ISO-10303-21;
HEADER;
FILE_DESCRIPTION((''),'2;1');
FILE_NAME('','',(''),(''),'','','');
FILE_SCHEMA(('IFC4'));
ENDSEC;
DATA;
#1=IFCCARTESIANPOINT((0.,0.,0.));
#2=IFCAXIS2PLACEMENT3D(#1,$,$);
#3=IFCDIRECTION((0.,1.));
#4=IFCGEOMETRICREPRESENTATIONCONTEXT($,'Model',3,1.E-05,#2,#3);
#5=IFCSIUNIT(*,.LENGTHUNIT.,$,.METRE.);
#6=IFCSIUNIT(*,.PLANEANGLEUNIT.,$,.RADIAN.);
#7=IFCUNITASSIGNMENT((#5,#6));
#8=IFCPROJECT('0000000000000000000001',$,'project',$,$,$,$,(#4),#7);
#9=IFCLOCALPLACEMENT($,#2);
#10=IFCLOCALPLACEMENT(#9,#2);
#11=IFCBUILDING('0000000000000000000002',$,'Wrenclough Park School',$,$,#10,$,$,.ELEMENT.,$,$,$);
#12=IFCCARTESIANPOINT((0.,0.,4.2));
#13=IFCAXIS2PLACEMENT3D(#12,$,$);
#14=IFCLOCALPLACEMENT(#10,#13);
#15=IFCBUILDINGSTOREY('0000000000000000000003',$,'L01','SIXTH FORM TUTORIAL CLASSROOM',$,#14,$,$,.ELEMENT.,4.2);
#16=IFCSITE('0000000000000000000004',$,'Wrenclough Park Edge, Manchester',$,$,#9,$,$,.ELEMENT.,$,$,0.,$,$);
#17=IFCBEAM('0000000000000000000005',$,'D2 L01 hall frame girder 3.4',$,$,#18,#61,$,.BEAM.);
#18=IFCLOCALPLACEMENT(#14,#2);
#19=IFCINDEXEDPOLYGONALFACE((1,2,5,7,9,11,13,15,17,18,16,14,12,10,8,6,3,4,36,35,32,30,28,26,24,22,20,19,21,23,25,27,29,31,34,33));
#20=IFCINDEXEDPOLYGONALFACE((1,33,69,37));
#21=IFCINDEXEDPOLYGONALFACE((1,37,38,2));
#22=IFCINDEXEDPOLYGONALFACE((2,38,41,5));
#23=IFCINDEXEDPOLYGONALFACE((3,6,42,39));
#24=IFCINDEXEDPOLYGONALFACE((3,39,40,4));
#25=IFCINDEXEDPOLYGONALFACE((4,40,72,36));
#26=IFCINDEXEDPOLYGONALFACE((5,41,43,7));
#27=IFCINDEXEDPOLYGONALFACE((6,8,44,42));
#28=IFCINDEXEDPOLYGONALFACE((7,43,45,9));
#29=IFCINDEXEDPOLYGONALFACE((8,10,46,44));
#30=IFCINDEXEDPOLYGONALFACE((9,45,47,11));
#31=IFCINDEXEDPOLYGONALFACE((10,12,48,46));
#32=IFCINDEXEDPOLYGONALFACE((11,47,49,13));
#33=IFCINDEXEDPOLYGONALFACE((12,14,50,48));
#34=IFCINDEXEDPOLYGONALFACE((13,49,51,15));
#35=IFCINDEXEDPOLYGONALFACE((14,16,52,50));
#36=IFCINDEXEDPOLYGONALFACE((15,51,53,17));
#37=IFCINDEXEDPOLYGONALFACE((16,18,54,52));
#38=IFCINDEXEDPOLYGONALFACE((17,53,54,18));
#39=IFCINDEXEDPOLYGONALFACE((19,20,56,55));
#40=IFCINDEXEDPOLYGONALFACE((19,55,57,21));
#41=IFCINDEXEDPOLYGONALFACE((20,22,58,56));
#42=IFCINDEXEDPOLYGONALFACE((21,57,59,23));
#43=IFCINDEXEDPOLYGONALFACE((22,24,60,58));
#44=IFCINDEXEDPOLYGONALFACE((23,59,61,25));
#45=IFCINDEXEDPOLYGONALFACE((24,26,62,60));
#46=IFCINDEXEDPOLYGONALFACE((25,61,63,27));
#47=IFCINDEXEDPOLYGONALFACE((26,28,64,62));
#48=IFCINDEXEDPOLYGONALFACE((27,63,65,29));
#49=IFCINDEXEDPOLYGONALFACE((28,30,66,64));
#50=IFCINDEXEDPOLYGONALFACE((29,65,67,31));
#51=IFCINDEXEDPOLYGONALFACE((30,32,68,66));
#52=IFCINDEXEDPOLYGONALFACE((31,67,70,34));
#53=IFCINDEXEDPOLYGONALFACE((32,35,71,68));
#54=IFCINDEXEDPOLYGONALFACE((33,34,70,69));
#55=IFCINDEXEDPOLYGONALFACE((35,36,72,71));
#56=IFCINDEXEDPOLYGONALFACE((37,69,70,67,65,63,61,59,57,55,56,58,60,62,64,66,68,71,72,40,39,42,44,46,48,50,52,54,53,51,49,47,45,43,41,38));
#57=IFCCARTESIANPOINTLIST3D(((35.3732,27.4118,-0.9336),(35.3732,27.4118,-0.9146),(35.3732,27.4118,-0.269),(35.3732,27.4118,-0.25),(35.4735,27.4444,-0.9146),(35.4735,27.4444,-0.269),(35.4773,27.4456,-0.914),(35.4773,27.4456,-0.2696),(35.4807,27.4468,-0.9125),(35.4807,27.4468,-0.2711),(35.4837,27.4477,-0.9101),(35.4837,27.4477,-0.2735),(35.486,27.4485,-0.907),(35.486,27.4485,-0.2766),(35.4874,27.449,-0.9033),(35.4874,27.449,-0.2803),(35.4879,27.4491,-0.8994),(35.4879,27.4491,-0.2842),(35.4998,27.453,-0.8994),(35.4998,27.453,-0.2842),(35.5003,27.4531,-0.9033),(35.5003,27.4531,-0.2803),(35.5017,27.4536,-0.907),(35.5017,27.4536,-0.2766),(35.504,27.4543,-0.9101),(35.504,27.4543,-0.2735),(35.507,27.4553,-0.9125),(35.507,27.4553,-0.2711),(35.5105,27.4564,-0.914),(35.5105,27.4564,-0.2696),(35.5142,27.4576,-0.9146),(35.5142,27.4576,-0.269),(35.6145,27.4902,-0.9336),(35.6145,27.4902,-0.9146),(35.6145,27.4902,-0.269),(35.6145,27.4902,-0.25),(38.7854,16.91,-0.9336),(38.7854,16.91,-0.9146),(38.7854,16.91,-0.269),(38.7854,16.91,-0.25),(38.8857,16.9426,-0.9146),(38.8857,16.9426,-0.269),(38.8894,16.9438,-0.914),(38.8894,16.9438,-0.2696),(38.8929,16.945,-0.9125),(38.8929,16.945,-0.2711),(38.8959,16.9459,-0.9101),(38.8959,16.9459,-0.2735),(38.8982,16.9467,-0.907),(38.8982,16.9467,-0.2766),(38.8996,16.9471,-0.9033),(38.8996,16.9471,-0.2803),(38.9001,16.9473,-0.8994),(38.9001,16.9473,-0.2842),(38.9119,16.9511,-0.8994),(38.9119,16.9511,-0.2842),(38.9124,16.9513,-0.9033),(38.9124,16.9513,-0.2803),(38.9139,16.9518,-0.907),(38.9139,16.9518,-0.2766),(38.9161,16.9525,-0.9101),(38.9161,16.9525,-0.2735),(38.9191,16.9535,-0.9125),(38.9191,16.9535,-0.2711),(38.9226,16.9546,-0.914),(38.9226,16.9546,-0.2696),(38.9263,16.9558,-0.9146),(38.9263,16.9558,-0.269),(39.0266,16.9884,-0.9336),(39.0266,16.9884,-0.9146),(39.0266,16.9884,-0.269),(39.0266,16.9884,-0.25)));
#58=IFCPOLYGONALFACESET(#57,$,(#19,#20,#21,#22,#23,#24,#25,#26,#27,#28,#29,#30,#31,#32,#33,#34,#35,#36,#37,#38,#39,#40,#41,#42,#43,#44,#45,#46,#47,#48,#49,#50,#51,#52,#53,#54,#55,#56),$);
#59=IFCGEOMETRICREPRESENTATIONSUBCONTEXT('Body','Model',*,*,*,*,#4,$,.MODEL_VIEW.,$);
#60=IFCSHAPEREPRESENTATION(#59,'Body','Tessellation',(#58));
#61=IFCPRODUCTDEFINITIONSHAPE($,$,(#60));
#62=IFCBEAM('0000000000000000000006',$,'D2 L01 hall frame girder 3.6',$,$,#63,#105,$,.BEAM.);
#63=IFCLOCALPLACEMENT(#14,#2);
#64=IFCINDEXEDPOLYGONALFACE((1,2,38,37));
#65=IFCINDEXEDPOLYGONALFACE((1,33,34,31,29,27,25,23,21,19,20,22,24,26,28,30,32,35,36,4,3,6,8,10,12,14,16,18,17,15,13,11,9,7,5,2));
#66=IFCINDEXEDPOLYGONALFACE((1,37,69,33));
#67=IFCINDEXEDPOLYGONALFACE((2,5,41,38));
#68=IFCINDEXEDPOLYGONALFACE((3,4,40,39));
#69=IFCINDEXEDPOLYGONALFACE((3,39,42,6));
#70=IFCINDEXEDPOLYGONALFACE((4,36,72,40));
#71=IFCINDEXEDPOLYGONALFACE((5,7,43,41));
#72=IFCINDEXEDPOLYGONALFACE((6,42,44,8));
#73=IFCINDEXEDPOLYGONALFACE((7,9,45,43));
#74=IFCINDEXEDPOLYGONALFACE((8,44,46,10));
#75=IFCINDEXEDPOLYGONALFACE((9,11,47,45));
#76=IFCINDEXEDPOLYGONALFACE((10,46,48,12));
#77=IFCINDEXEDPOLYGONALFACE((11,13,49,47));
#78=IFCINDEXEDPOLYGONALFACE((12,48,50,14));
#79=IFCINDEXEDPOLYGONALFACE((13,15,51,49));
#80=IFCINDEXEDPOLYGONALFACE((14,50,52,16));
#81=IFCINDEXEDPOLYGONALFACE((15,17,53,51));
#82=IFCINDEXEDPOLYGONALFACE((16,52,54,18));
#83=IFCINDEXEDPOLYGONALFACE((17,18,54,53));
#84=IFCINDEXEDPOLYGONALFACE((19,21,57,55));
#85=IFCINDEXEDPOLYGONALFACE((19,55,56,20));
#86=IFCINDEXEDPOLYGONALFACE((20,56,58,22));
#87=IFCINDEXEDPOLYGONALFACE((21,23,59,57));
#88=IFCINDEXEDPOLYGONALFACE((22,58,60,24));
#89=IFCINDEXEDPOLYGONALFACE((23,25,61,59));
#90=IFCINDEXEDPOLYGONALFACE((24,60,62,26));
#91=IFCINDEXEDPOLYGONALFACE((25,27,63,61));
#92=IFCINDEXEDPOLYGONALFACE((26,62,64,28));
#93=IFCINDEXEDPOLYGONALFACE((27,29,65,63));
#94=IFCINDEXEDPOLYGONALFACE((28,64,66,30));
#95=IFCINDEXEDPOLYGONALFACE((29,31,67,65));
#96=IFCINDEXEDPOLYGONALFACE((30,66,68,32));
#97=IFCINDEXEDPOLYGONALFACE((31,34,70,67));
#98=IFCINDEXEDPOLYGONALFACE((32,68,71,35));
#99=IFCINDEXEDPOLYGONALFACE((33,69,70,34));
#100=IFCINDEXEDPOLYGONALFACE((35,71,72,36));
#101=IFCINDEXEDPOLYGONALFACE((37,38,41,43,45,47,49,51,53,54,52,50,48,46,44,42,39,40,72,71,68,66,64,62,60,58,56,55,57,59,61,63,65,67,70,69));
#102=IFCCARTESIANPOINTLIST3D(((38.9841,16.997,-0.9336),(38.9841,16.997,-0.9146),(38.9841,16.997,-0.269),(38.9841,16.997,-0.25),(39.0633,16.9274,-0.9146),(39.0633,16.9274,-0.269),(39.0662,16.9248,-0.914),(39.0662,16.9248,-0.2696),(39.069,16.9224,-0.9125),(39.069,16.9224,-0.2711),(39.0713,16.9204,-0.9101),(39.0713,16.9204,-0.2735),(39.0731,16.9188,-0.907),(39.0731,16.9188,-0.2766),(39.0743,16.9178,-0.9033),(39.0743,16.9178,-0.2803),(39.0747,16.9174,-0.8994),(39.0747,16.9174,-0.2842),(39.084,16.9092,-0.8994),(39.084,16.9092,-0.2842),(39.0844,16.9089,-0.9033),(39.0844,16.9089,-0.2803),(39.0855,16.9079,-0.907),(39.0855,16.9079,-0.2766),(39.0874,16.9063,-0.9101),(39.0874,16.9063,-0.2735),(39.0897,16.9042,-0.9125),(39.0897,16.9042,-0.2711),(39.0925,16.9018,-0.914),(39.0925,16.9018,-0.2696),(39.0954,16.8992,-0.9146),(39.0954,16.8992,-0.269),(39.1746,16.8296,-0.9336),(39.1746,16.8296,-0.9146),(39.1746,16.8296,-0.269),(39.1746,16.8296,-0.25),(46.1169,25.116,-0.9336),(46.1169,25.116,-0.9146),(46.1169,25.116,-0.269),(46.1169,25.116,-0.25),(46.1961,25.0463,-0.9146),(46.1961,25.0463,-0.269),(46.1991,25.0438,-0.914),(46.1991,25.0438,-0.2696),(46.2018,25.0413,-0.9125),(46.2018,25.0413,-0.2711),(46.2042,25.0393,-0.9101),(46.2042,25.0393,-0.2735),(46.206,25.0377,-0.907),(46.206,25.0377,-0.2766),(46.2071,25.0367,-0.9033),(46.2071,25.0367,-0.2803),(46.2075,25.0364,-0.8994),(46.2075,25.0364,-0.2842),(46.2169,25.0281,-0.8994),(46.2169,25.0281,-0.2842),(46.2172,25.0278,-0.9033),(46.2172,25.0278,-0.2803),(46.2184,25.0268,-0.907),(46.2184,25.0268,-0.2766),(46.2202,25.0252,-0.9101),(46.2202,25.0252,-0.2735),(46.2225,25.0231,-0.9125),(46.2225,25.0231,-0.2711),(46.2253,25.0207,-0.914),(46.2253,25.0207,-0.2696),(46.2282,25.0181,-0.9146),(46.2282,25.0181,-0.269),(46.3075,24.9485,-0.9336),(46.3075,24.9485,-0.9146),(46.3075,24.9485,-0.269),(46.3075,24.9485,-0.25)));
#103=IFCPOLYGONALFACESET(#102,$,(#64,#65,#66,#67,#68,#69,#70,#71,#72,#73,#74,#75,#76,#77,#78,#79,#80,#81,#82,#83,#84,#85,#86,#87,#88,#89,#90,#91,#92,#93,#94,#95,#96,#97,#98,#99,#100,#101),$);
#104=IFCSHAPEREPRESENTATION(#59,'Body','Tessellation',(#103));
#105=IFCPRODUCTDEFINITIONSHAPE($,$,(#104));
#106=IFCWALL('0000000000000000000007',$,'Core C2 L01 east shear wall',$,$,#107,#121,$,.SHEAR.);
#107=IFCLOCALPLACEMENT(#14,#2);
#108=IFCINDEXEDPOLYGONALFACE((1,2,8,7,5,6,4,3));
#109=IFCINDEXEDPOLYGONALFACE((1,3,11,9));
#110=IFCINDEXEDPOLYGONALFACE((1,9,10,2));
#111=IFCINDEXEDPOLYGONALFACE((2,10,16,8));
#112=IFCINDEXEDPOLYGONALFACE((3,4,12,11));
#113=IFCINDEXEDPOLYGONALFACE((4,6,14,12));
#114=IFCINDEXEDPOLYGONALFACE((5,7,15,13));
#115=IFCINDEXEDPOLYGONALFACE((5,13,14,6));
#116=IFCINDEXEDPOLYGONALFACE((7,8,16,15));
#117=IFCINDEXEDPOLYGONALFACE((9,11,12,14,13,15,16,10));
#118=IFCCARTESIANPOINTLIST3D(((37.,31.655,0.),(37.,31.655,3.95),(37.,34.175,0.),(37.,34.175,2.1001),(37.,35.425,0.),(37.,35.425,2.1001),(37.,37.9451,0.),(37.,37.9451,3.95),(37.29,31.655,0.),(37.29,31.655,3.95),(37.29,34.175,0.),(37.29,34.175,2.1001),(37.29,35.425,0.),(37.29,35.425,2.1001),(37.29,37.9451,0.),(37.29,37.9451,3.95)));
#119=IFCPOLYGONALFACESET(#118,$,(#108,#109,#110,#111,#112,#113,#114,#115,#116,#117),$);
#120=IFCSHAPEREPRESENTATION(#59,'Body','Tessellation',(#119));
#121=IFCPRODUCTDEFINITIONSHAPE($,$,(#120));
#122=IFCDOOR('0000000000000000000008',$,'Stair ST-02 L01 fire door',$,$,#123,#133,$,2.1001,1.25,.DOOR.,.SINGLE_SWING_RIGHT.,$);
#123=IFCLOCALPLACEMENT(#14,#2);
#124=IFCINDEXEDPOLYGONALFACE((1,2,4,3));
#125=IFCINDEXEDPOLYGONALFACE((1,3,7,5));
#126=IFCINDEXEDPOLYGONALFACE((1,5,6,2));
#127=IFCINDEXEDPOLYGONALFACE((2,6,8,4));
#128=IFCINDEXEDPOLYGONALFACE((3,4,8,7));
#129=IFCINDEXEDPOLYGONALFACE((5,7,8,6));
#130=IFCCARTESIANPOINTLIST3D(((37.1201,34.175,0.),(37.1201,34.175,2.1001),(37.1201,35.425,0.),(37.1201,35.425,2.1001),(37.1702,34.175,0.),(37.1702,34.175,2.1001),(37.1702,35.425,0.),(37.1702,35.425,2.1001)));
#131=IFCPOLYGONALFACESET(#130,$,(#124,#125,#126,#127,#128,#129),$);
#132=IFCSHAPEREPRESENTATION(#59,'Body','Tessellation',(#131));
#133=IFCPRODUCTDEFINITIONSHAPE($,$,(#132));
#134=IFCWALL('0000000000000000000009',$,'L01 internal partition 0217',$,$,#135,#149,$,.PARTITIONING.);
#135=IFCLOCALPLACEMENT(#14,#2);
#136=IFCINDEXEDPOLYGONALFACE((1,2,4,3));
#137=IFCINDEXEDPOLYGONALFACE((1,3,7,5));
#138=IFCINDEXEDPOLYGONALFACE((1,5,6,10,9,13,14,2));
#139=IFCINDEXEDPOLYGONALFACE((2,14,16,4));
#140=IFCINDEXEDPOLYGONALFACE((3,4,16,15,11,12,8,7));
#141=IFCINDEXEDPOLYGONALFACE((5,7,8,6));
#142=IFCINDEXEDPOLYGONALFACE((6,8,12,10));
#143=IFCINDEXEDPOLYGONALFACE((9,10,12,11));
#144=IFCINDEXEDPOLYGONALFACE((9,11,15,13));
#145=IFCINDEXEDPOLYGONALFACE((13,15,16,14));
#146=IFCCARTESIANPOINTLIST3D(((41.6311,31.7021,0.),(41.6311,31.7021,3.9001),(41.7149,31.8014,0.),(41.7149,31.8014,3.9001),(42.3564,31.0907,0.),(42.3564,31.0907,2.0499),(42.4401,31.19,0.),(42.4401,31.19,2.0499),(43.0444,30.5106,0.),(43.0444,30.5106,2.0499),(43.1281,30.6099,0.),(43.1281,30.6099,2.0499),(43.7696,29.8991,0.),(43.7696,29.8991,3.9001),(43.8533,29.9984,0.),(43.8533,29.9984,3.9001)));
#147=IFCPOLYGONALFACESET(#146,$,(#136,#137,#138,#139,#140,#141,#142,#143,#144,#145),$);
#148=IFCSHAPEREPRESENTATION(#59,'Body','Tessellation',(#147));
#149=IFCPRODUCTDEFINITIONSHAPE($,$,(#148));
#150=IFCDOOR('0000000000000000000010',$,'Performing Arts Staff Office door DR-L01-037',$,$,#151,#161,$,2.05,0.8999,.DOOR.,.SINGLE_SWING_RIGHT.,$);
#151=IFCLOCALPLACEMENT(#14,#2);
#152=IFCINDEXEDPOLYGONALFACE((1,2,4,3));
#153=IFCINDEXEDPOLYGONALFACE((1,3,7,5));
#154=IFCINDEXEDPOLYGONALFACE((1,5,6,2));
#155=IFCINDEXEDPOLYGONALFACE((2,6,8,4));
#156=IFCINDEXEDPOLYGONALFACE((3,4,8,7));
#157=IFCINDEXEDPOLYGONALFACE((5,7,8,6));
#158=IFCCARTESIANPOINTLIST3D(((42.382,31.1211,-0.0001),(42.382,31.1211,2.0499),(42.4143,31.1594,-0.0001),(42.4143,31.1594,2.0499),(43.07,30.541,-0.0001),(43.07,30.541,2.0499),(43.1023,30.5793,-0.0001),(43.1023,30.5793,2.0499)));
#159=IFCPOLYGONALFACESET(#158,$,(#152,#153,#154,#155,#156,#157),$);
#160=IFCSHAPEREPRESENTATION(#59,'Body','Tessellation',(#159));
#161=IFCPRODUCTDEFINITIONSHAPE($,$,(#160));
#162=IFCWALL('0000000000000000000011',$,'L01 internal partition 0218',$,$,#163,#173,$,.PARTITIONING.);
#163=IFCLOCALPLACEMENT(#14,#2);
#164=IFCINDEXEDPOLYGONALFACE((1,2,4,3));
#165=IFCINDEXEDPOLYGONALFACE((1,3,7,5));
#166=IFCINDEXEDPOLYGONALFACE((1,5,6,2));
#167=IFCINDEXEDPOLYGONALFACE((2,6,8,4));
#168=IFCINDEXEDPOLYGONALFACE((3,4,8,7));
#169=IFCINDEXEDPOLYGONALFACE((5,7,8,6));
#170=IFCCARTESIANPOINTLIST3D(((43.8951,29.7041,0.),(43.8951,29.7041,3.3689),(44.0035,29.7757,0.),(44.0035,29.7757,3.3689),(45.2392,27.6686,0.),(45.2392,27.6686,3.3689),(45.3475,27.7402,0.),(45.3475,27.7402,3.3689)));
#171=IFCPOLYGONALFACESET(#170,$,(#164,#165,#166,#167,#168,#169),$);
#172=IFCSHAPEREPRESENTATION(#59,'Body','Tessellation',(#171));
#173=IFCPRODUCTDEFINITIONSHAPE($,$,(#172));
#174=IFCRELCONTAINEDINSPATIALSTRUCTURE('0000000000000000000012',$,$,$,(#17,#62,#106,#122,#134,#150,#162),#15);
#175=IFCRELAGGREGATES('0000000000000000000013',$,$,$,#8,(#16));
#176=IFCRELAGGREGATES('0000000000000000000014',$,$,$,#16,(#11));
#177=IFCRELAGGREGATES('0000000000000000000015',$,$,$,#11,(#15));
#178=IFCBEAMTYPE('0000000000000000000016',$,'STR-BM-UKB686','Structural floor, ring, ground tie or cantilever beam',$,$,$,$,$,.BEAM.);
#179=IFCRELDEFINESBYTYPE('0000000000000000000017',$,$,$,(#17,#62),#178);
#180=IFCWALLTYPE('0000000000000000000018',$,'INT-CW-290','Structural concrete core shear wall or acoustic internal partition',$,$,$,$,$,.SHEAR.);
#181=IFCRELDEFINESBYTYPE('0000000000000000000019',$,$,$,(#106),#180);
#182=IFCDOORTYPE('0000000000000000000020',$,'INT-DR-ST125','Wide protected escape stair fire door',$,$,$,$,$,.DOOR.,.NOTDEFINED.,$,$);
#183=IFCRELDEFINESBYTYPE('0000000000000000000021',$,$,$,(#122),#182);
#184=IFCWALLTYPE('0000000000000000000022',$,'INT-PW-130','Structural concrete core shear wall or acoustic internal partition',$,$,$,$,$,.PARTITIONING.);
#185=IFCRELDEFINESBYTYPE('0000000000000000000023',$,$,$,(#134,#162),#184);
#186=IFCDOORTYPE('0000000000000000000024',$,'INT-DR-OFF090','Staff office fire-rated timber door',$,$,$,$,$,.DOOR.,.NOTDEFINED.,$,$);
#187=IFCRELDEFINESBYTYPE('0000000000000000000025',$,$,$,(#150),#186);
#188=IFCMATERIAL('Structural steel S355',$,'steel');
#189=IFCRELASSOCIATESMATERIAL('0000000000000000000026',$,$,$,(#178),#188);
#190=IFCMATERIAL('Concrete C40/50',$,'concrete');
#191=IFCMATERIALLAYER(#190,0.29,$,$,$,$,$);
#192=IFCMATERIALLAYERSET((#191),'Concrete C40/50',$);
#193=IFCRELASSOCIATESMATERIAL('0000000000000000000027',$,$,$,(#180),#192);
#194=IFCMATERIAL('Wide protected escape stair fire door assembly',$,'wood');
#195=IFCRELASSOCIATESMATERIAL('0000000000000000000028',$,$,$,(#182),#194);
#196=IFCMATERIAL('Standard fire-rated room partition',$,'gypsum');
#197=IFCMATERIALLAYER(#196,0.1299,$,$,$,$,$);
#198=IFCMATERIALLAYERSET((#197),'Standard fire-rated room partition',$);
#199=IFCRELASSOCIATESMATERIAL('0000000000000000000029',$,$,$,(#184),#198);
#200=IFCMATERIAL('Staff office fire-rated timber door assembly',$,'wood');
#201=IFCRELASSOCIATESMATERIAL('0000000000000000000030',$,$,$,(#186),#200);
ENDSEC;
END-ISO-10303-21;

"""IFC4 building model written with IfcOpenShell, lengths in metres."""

from ifc_helpers import new_model, si_unit, direction, frame, frame_2d, origin, origin_2d, place, context, subcontext, project, spatial, rectangle, i_section, extrude, material, layer, layer_set, material_profile, profile_set, type_object, element, fill, save


model = new_model("IFC4")

# Units and contexts
model_context = context("Model", 3, precision=1e-05, world=origin(), true_north=direction((0.0, 1.0)))
body_context = subcontext(model_context, "Body", "Model", "MODEL_VIEW")
ifc_project = project(units=[si_unit("LENGTHUNIT", "METRE"), si_unit("PLANEANGLEUNIT", "RADIAN")], contexts=[model_context])

# Site, building, storey
site_placement = place(None, origin())
site = spatial("IfcSite", under=ifc_project, at=site_placement, Name="Wrenclough Park Edge, Manchester", CompositionType="ELEMENT", RefElevation=0.0)
building_placement = place(site_placement, origin())
building = spatial("IfcBuilding", under=site, at=building_placement, Name="Wrenclough Park School", CompositionType="ELEMENT")
storey_placement = place(building_placement, frame((0.0, 0.0, 4.2)))
storey = spatial("IfcBuildingStorey", under=building, at=storey_placement, Name="L01", Description="SIXTH FORM TUTORIAL CLASSROOM", CompositionType="ELEMENT", Elevation=4.2)

# Shared definitions
ifc_material_1 = material(Name="Structural steel S355", Category="steel")

# Beams
ifc_material_profile_1 = material_profile(ifc_material_1, i_section(OverallWidth=0.2537, OverallDepth=0.6836, WebThickness=0.0125, FlangeThickness=0.019, FilletRadius=0.0151, at=origin_2d()), Name="UKB 686x254x140")
ifc_profile_set_1 = profile_set([ifc_material_profile_1], Name="Structural steel S355")
beam_type_1 = type_object("IfcBeamType", Name="STR-BM-UKB686", Description="Structural floor, ring, ground tie or cantilever beam", PredefinedType="BEAM", material=ifc_profile_set_1)
beam_1_placement = place(storey_placement, frame((38.906, 16.9492, -0.5918), z_axis=(-0.309009, 0.951059, 0.0), x_axis=(-0.951059, -0.309009, 0.0)))
element("IfcBeam", 1, at=beam_1_placement, inside=storey, type_object=beam_type_1, Name="D2 L01 hall frame girder 3.4", PredefinedType="BEAM", context=body_context, shape_type="SweptSolid", body=[
    extrude(i_section(OverallWidth=0.2537, OverallDepth=0.6836, WebThickness=0.0125, FlangeThickness=0.019, FilletRadius=0.0151, at=origin_2d()), origin(), (0.0, 0.0, 1.0), 11.0422),
])
beam_2_placement = place(storey_placement, frame((39.0793, 16.9133, -0.5918), z_axis=(0.660011, 0.751256, 0.0), x_axis=(-0.751256, 0.660011, 0.0)))
element("IfcBeam", 2, at=beam_2_placement, inside=storey, type_object=beam_type_1, Name="D2 L01 hall frame girder 3.6", PredefinedType="BEAM", context=body_context, shape_type="SweptSolid", body=[
    extrude(i_section(OverallWidth=0.2537, OverallDepth=0.6836, WebThickness=0.0125, FlangeThickness=0.019, FilletRadius=0.0151, at=origin_2d()), origin(), (0.0, 0.0, 1.0), 10.8071),
])

# Walls, openings, doors
ifc_material_2 = material(Name="Concrete C40/50", Category="concrete")
ifc_layer_1 = layer(ifc_material_2, 0.29)
ifc_layer_set_1 = layer_set([ifc_layer_1], Name="Concrete C40/50")
wall_type_1 = type_object("IfcWallType", Name="INT-CW-290", Description="Structural concrete core shear wall or acoustic internal partition", PredefinedType="SHEAR", material=ifc_layer_set_1)
wall_1_placement = place(storey_placement, frame((37.145, 31.655, 0.0), z_axis=(0.0, 0.0, 1.0), x_axis=(0.0, 1.0, 0.0)))
wall_1 = element("IfcWall", 3, at=wall_1_placement, inside=storey, type_object=wall_type_1, Name="Core C2 L01 east shear wall", PredefinedType="SHEAR", context=body_context, shape_type="SweptSolid", body=[
    extrude(rectangle(XDim=6.29, YDim=0.29, at=frame_2d((3.145, 0.0))), origin(), (0.0, 0.0, 1.0), 3.95),
])
opening_1_placement = place(wall_1_placement, frame((2.52, 0.0, 0.0)))
opening_1 = element("IfcOpeningElement", 4, at=opening_1_placement, cuts=wall_1, PredefinedType="OPENING", context=body_context, shape_type="SweptSolid", body=[
    extrude(rectangle(XDim=1.25, YDim=2.1001, at=frame_2d((0.625, 1.05))), frame((0.0, 0.155, 0.0), z_axis=(0.0, -1.0, 0.0), x_axis=(1.0, 0.0, 0.0)), (0.0, 0.0, 1.0), 0.3101),
])
ifc_material_3 = material(Name="Wide protected escape stair fire door assembly", Category="wood")
door_type_1 = type_object("IfcDoorType", Name="INT-DR-ST125", Description="Wide protected escape stair fire door", OperationType="NOTDEFINED", PredefinedType="DOOR", material=ifc_material_3)
door_1_placement = place(opening_1_placement, origin())
door_1 = element("IfcDoor", 5, at=door_1_placement, inside=storey, type_object=door_type_1, Name="Stair ST-02 L01 fire door", OperationType="SINGLE_SWING_RIGHT", OverallHeight=2.1001, OverallWidth=1.25, PredefinedType="DOOR", context=body_context, shape_type="SweptSolid", body=[
    extrude(rectangle(XDim=1.25, YDim=2.1001, at=frame_2d((0.625, 1.05))), frame((0.0, 0.0249, 0.0), z_axis=(0.0, -1.0, 0.0), x_axis=(1.0, 0.0, 0.0)), (0.0, 0.0, 1.0), 0.05),
])
fill(opening_1, door_1)
ifc_material_4 = material(Name="Standard fire-rated room partition", Category="gypsum")
ifc_layer_2 = layer(ifc_material_4, 0.1299)
ifc_layer_set_2 = layer_set([ifc_layer_2], Name="Standard fire-rated room partition")
wall_type_2 = type_object("IfcWallType", Name="INT-PW-130", Description="Structural concrete core shear wall or acoustic internal partition", PredefinedType="PARTITIONING", material=ifc_layer_set_2)
wall_2_placement = place(storey_placement, frame((41.6731, 31.7517, 0.0), z_axis=(0.0, 0.0, 1.0), x_axis=(0.764524, -0.644595, 0.0)))
wall_2 = element("IfcWall", 6, at=wall_2_placement, inside=storey, type_object=wall_type_2, Name="L01 internal partition 0217", PredefinedType="PARTITIONING", context=body_context, shape_type="SweptSolid", body=[
    extrude(rectangle(XDim=2.7971, YDim=0.1299, at=frame_2d((1.3984, 0.0))), origin(), (0.0, 0.0, 1.0), 3.9001),
])
opening_2_placement = place(wall_2_placement, frame((0.9485, 0.0, 0.0)))
opening_2 = element("IfcOpeningElement", 7, at=opening_2_placement, cuts=wall_2, PredefinedType="OPENING", context=body_context, shape_type="SweptSolid", body=[
    extrude(rectangle(XDim=0.8999, YDim=2.05, at=frame_2d((0.45, 1.0249))), frame((0.0, 0.075, 0.0), z_axis=(0.0, -1.0, 0.0), x_axis=(1.0, 0.0, 0.0)), (0.0, 0.0, 1.0), 0.1499),
])
ifc_material_5 = material(Name="Staff office fire-rated timber door assembly", Category="wood")
door_type_2 = type_object("IfcDoorType", Name="INT-DR-OFF090", Description="Staff office fire-rated timber door", OperationType="NOTDEFINED", PredefinedType="DOOR", material=ifc_material_5)
door_2_placement = place(opening_2_placement, origin())
door_2 = element("IfcDoor", 8, at=door_2_placement, inside=storey, type_object=door_type_2, Name="Performing Arts Staff Office door DR-L01-037", OperationType="SINGLE_SWING_RIGHT", OverallHeight=2.05, OverallWidth=0.8999, PredefinedType="DOOR", context=body_context, shape_type="SweptSolid", body=[
    extrude(rectangle(XDim=0.8999, YDim=2.05, at=frame_2d((0.45, 1.0249))), frame((0.0, 0.0249, 0.0), z_axis=(0.0, -1.0, 0.0), x_axis=(1.0, 0.0, 0.0)), (0.0, 0.0, 1.0), 0.05),
])
fill(opening_2, door_2)

# Wall
wall_3_placement = place(storey_placement, frame((43.9492, 29.74, 0.0), z_axis=(0.0, 0.0, 1.0), x_axis=(0.551022, -0.834491, 0.0)))
element("IfcWall", 9, at=wall_3_placement, inside=storey, type_object=wall_type_2, Name="L01 internal partition 0218", PredefinedType="PARTITIONING", context=body_context, shape_type="SweptSolid", body=[
    extrude(rectangle(XDim=2.4392, YDim=0.1299, at=frame_2d((1.2197, 0.0))), origin(), (0.0, 0.0, 1.0), 3.3689),
])

save(model, "model.ifc")
